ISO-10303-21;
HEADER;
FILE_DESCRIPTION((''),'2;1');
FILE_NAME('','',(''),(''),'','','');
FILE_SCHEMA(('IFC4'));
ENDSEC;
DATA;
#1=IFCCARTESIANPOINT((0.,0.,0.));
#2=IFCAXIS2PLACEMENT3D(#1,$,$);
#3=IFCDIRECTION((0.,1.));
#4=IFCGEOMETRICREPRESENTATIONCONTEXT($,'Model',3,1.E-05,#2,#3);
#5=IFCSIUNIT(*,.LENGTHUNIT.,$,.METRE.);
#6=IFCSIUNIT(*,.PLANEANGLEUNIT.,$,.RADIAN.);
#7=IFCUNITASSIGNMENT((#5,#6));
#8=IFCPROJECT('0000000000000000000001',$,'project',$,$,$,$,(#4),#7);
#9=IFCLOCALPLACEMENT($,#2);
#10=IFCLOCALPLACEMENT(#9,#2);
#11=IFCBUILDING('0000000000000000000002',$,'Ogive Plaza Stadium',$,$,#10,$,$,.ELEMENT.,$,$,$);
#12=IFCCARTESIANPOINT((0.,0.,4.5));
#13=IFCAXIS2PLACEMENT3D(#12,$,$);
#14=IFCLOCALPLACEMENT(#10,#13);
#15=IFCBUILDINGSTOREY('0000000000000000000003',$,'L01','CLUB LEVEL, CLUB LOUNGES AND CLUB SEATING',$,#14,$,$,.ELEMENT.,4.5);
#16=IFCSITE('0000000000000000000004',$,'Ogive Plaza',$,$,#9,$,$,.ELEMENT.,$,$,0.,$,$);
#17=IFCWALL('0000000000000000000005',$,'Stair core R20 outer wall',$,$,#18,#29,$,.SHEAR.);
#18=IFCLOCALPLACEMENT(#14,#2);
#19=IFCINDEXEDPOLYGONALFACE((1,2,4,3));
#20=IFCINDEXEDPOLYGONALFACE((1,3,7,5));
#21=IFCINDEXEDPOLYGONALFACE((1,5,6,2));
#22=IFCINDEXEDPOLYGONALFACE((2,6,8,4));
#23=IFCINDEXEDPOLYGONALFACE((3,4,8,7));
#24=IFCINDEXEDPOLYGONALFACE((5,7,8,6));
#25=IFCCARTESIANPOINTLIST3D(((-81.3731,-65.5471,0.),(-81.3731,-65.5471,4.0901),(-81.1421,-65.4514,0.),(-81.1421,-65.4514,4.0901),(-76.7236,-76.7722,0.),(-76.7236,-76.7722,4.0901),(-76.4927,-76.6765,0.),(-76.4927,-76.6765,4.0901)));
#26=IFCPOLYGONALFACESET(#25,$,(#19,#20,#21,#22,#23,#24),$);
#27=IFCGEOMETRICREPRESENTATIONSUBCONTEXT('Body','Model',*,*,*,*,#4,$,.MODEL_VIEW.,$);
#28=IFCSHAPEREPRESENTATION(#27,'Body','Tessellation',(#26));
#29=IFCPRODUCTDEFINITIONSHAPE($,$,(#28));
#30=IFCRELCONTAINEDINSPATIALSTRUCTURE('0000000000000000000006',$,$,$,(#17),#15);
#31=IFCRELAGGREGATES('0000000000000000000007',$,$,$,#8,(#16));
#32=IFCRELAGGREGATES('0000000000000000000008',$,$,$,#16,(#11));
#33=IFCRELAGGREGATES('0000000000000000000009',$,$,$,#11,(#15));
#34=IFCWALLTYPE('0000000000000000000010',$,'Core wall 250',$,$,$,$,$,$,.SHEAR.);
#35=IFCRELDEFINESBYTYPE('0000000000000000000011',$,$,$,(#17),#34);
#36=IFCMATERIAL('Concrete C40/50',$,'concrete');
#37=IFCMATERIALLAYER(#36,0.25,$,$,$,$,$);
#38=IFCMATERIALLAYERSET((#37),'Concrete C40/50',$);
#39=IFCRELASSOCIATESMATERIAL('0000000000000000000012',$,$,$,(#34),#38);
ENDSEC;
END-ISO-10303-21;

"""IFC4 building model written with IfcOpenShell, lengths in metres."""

from ifc_helpers import new_model, si_unit, direction, frame, frame_2d, origin, place, context, subcontext, project, spatial, rectangle, extrude, material, layer, layer_set, type_object, element, save


model = new_model("IFC4")

# Units and contexts
model_context = context("Model", 3, precision=1e-05, world=origin(), true_north=direction((0.0, 1.0)))
body_context = subcontext(model_context, "Body", "Model", "MODEL_VIEW")
ifc_project = project(units=[si_unit("LENGTHUNIT", "METRE"), si_unit("PLANEANGLEUNIT", "RADIAN")], contexts=[model_context])

# Site, building, storey
site_placement = place(None, origin())
site = spatial("IfcSite", under=ifc_project, at=site_placement, Name="Ogive Plaza", CompositionType="ELEMENT", RefElevation=0.0)
building_placement = place(site_placement, origin())
building = spatial("IfcBuilding", under=site, at=building_placement, Name="Ogive Plaza Stadium", CompositionType="ELEMENT")
storey_placement = place(building_placement, frame((0.0, 0.0, 4.5)))
storey = spatial("IfcBuildingStorey", under=building, at=storey_placement, Name="L01", Description="CLUB LEVEL, CLUB LOUNGES AND CLUB SEATING", CompositionType="ELEMENT", Elevation=4.5)

# Wall
ifc_material_1 = material(Name="Concrete C40/50", Category="concrete")
ifc_layer_1 = layer(ifc_material_1, 0.25)
ifc_layer_set_1 = layer_set([ifc_layer_1], Name="Concrete C40/50")
wall_type = type_object("IfcWallType", Name="Core wall 250", PredefinedType="SHEAR", material=ifc_layer_set_1)
wall_placement = place(storey_placement, frame((-81.2576, -65.4993, 0.0), z_axis=(0.0, 0.0, 1.0), x_axis=(0.382671, -0.923885, 0.0)))
element("IfcWall", 1, at=wall_placement, inside=storey, type_object=wall_type, Name="Stair core R20 outer wall", PredefinedType="SHEAR", context=body_context, shape_type="SweptSolid", body=[
    extrude(rectangle(XDim=12.1499, YDim=0.25, at=frame_2d((6.075, 0.0))), origin(), (0.0, 0.0, 1.0), 4.0901),
])

save(model, "model.ifc")
